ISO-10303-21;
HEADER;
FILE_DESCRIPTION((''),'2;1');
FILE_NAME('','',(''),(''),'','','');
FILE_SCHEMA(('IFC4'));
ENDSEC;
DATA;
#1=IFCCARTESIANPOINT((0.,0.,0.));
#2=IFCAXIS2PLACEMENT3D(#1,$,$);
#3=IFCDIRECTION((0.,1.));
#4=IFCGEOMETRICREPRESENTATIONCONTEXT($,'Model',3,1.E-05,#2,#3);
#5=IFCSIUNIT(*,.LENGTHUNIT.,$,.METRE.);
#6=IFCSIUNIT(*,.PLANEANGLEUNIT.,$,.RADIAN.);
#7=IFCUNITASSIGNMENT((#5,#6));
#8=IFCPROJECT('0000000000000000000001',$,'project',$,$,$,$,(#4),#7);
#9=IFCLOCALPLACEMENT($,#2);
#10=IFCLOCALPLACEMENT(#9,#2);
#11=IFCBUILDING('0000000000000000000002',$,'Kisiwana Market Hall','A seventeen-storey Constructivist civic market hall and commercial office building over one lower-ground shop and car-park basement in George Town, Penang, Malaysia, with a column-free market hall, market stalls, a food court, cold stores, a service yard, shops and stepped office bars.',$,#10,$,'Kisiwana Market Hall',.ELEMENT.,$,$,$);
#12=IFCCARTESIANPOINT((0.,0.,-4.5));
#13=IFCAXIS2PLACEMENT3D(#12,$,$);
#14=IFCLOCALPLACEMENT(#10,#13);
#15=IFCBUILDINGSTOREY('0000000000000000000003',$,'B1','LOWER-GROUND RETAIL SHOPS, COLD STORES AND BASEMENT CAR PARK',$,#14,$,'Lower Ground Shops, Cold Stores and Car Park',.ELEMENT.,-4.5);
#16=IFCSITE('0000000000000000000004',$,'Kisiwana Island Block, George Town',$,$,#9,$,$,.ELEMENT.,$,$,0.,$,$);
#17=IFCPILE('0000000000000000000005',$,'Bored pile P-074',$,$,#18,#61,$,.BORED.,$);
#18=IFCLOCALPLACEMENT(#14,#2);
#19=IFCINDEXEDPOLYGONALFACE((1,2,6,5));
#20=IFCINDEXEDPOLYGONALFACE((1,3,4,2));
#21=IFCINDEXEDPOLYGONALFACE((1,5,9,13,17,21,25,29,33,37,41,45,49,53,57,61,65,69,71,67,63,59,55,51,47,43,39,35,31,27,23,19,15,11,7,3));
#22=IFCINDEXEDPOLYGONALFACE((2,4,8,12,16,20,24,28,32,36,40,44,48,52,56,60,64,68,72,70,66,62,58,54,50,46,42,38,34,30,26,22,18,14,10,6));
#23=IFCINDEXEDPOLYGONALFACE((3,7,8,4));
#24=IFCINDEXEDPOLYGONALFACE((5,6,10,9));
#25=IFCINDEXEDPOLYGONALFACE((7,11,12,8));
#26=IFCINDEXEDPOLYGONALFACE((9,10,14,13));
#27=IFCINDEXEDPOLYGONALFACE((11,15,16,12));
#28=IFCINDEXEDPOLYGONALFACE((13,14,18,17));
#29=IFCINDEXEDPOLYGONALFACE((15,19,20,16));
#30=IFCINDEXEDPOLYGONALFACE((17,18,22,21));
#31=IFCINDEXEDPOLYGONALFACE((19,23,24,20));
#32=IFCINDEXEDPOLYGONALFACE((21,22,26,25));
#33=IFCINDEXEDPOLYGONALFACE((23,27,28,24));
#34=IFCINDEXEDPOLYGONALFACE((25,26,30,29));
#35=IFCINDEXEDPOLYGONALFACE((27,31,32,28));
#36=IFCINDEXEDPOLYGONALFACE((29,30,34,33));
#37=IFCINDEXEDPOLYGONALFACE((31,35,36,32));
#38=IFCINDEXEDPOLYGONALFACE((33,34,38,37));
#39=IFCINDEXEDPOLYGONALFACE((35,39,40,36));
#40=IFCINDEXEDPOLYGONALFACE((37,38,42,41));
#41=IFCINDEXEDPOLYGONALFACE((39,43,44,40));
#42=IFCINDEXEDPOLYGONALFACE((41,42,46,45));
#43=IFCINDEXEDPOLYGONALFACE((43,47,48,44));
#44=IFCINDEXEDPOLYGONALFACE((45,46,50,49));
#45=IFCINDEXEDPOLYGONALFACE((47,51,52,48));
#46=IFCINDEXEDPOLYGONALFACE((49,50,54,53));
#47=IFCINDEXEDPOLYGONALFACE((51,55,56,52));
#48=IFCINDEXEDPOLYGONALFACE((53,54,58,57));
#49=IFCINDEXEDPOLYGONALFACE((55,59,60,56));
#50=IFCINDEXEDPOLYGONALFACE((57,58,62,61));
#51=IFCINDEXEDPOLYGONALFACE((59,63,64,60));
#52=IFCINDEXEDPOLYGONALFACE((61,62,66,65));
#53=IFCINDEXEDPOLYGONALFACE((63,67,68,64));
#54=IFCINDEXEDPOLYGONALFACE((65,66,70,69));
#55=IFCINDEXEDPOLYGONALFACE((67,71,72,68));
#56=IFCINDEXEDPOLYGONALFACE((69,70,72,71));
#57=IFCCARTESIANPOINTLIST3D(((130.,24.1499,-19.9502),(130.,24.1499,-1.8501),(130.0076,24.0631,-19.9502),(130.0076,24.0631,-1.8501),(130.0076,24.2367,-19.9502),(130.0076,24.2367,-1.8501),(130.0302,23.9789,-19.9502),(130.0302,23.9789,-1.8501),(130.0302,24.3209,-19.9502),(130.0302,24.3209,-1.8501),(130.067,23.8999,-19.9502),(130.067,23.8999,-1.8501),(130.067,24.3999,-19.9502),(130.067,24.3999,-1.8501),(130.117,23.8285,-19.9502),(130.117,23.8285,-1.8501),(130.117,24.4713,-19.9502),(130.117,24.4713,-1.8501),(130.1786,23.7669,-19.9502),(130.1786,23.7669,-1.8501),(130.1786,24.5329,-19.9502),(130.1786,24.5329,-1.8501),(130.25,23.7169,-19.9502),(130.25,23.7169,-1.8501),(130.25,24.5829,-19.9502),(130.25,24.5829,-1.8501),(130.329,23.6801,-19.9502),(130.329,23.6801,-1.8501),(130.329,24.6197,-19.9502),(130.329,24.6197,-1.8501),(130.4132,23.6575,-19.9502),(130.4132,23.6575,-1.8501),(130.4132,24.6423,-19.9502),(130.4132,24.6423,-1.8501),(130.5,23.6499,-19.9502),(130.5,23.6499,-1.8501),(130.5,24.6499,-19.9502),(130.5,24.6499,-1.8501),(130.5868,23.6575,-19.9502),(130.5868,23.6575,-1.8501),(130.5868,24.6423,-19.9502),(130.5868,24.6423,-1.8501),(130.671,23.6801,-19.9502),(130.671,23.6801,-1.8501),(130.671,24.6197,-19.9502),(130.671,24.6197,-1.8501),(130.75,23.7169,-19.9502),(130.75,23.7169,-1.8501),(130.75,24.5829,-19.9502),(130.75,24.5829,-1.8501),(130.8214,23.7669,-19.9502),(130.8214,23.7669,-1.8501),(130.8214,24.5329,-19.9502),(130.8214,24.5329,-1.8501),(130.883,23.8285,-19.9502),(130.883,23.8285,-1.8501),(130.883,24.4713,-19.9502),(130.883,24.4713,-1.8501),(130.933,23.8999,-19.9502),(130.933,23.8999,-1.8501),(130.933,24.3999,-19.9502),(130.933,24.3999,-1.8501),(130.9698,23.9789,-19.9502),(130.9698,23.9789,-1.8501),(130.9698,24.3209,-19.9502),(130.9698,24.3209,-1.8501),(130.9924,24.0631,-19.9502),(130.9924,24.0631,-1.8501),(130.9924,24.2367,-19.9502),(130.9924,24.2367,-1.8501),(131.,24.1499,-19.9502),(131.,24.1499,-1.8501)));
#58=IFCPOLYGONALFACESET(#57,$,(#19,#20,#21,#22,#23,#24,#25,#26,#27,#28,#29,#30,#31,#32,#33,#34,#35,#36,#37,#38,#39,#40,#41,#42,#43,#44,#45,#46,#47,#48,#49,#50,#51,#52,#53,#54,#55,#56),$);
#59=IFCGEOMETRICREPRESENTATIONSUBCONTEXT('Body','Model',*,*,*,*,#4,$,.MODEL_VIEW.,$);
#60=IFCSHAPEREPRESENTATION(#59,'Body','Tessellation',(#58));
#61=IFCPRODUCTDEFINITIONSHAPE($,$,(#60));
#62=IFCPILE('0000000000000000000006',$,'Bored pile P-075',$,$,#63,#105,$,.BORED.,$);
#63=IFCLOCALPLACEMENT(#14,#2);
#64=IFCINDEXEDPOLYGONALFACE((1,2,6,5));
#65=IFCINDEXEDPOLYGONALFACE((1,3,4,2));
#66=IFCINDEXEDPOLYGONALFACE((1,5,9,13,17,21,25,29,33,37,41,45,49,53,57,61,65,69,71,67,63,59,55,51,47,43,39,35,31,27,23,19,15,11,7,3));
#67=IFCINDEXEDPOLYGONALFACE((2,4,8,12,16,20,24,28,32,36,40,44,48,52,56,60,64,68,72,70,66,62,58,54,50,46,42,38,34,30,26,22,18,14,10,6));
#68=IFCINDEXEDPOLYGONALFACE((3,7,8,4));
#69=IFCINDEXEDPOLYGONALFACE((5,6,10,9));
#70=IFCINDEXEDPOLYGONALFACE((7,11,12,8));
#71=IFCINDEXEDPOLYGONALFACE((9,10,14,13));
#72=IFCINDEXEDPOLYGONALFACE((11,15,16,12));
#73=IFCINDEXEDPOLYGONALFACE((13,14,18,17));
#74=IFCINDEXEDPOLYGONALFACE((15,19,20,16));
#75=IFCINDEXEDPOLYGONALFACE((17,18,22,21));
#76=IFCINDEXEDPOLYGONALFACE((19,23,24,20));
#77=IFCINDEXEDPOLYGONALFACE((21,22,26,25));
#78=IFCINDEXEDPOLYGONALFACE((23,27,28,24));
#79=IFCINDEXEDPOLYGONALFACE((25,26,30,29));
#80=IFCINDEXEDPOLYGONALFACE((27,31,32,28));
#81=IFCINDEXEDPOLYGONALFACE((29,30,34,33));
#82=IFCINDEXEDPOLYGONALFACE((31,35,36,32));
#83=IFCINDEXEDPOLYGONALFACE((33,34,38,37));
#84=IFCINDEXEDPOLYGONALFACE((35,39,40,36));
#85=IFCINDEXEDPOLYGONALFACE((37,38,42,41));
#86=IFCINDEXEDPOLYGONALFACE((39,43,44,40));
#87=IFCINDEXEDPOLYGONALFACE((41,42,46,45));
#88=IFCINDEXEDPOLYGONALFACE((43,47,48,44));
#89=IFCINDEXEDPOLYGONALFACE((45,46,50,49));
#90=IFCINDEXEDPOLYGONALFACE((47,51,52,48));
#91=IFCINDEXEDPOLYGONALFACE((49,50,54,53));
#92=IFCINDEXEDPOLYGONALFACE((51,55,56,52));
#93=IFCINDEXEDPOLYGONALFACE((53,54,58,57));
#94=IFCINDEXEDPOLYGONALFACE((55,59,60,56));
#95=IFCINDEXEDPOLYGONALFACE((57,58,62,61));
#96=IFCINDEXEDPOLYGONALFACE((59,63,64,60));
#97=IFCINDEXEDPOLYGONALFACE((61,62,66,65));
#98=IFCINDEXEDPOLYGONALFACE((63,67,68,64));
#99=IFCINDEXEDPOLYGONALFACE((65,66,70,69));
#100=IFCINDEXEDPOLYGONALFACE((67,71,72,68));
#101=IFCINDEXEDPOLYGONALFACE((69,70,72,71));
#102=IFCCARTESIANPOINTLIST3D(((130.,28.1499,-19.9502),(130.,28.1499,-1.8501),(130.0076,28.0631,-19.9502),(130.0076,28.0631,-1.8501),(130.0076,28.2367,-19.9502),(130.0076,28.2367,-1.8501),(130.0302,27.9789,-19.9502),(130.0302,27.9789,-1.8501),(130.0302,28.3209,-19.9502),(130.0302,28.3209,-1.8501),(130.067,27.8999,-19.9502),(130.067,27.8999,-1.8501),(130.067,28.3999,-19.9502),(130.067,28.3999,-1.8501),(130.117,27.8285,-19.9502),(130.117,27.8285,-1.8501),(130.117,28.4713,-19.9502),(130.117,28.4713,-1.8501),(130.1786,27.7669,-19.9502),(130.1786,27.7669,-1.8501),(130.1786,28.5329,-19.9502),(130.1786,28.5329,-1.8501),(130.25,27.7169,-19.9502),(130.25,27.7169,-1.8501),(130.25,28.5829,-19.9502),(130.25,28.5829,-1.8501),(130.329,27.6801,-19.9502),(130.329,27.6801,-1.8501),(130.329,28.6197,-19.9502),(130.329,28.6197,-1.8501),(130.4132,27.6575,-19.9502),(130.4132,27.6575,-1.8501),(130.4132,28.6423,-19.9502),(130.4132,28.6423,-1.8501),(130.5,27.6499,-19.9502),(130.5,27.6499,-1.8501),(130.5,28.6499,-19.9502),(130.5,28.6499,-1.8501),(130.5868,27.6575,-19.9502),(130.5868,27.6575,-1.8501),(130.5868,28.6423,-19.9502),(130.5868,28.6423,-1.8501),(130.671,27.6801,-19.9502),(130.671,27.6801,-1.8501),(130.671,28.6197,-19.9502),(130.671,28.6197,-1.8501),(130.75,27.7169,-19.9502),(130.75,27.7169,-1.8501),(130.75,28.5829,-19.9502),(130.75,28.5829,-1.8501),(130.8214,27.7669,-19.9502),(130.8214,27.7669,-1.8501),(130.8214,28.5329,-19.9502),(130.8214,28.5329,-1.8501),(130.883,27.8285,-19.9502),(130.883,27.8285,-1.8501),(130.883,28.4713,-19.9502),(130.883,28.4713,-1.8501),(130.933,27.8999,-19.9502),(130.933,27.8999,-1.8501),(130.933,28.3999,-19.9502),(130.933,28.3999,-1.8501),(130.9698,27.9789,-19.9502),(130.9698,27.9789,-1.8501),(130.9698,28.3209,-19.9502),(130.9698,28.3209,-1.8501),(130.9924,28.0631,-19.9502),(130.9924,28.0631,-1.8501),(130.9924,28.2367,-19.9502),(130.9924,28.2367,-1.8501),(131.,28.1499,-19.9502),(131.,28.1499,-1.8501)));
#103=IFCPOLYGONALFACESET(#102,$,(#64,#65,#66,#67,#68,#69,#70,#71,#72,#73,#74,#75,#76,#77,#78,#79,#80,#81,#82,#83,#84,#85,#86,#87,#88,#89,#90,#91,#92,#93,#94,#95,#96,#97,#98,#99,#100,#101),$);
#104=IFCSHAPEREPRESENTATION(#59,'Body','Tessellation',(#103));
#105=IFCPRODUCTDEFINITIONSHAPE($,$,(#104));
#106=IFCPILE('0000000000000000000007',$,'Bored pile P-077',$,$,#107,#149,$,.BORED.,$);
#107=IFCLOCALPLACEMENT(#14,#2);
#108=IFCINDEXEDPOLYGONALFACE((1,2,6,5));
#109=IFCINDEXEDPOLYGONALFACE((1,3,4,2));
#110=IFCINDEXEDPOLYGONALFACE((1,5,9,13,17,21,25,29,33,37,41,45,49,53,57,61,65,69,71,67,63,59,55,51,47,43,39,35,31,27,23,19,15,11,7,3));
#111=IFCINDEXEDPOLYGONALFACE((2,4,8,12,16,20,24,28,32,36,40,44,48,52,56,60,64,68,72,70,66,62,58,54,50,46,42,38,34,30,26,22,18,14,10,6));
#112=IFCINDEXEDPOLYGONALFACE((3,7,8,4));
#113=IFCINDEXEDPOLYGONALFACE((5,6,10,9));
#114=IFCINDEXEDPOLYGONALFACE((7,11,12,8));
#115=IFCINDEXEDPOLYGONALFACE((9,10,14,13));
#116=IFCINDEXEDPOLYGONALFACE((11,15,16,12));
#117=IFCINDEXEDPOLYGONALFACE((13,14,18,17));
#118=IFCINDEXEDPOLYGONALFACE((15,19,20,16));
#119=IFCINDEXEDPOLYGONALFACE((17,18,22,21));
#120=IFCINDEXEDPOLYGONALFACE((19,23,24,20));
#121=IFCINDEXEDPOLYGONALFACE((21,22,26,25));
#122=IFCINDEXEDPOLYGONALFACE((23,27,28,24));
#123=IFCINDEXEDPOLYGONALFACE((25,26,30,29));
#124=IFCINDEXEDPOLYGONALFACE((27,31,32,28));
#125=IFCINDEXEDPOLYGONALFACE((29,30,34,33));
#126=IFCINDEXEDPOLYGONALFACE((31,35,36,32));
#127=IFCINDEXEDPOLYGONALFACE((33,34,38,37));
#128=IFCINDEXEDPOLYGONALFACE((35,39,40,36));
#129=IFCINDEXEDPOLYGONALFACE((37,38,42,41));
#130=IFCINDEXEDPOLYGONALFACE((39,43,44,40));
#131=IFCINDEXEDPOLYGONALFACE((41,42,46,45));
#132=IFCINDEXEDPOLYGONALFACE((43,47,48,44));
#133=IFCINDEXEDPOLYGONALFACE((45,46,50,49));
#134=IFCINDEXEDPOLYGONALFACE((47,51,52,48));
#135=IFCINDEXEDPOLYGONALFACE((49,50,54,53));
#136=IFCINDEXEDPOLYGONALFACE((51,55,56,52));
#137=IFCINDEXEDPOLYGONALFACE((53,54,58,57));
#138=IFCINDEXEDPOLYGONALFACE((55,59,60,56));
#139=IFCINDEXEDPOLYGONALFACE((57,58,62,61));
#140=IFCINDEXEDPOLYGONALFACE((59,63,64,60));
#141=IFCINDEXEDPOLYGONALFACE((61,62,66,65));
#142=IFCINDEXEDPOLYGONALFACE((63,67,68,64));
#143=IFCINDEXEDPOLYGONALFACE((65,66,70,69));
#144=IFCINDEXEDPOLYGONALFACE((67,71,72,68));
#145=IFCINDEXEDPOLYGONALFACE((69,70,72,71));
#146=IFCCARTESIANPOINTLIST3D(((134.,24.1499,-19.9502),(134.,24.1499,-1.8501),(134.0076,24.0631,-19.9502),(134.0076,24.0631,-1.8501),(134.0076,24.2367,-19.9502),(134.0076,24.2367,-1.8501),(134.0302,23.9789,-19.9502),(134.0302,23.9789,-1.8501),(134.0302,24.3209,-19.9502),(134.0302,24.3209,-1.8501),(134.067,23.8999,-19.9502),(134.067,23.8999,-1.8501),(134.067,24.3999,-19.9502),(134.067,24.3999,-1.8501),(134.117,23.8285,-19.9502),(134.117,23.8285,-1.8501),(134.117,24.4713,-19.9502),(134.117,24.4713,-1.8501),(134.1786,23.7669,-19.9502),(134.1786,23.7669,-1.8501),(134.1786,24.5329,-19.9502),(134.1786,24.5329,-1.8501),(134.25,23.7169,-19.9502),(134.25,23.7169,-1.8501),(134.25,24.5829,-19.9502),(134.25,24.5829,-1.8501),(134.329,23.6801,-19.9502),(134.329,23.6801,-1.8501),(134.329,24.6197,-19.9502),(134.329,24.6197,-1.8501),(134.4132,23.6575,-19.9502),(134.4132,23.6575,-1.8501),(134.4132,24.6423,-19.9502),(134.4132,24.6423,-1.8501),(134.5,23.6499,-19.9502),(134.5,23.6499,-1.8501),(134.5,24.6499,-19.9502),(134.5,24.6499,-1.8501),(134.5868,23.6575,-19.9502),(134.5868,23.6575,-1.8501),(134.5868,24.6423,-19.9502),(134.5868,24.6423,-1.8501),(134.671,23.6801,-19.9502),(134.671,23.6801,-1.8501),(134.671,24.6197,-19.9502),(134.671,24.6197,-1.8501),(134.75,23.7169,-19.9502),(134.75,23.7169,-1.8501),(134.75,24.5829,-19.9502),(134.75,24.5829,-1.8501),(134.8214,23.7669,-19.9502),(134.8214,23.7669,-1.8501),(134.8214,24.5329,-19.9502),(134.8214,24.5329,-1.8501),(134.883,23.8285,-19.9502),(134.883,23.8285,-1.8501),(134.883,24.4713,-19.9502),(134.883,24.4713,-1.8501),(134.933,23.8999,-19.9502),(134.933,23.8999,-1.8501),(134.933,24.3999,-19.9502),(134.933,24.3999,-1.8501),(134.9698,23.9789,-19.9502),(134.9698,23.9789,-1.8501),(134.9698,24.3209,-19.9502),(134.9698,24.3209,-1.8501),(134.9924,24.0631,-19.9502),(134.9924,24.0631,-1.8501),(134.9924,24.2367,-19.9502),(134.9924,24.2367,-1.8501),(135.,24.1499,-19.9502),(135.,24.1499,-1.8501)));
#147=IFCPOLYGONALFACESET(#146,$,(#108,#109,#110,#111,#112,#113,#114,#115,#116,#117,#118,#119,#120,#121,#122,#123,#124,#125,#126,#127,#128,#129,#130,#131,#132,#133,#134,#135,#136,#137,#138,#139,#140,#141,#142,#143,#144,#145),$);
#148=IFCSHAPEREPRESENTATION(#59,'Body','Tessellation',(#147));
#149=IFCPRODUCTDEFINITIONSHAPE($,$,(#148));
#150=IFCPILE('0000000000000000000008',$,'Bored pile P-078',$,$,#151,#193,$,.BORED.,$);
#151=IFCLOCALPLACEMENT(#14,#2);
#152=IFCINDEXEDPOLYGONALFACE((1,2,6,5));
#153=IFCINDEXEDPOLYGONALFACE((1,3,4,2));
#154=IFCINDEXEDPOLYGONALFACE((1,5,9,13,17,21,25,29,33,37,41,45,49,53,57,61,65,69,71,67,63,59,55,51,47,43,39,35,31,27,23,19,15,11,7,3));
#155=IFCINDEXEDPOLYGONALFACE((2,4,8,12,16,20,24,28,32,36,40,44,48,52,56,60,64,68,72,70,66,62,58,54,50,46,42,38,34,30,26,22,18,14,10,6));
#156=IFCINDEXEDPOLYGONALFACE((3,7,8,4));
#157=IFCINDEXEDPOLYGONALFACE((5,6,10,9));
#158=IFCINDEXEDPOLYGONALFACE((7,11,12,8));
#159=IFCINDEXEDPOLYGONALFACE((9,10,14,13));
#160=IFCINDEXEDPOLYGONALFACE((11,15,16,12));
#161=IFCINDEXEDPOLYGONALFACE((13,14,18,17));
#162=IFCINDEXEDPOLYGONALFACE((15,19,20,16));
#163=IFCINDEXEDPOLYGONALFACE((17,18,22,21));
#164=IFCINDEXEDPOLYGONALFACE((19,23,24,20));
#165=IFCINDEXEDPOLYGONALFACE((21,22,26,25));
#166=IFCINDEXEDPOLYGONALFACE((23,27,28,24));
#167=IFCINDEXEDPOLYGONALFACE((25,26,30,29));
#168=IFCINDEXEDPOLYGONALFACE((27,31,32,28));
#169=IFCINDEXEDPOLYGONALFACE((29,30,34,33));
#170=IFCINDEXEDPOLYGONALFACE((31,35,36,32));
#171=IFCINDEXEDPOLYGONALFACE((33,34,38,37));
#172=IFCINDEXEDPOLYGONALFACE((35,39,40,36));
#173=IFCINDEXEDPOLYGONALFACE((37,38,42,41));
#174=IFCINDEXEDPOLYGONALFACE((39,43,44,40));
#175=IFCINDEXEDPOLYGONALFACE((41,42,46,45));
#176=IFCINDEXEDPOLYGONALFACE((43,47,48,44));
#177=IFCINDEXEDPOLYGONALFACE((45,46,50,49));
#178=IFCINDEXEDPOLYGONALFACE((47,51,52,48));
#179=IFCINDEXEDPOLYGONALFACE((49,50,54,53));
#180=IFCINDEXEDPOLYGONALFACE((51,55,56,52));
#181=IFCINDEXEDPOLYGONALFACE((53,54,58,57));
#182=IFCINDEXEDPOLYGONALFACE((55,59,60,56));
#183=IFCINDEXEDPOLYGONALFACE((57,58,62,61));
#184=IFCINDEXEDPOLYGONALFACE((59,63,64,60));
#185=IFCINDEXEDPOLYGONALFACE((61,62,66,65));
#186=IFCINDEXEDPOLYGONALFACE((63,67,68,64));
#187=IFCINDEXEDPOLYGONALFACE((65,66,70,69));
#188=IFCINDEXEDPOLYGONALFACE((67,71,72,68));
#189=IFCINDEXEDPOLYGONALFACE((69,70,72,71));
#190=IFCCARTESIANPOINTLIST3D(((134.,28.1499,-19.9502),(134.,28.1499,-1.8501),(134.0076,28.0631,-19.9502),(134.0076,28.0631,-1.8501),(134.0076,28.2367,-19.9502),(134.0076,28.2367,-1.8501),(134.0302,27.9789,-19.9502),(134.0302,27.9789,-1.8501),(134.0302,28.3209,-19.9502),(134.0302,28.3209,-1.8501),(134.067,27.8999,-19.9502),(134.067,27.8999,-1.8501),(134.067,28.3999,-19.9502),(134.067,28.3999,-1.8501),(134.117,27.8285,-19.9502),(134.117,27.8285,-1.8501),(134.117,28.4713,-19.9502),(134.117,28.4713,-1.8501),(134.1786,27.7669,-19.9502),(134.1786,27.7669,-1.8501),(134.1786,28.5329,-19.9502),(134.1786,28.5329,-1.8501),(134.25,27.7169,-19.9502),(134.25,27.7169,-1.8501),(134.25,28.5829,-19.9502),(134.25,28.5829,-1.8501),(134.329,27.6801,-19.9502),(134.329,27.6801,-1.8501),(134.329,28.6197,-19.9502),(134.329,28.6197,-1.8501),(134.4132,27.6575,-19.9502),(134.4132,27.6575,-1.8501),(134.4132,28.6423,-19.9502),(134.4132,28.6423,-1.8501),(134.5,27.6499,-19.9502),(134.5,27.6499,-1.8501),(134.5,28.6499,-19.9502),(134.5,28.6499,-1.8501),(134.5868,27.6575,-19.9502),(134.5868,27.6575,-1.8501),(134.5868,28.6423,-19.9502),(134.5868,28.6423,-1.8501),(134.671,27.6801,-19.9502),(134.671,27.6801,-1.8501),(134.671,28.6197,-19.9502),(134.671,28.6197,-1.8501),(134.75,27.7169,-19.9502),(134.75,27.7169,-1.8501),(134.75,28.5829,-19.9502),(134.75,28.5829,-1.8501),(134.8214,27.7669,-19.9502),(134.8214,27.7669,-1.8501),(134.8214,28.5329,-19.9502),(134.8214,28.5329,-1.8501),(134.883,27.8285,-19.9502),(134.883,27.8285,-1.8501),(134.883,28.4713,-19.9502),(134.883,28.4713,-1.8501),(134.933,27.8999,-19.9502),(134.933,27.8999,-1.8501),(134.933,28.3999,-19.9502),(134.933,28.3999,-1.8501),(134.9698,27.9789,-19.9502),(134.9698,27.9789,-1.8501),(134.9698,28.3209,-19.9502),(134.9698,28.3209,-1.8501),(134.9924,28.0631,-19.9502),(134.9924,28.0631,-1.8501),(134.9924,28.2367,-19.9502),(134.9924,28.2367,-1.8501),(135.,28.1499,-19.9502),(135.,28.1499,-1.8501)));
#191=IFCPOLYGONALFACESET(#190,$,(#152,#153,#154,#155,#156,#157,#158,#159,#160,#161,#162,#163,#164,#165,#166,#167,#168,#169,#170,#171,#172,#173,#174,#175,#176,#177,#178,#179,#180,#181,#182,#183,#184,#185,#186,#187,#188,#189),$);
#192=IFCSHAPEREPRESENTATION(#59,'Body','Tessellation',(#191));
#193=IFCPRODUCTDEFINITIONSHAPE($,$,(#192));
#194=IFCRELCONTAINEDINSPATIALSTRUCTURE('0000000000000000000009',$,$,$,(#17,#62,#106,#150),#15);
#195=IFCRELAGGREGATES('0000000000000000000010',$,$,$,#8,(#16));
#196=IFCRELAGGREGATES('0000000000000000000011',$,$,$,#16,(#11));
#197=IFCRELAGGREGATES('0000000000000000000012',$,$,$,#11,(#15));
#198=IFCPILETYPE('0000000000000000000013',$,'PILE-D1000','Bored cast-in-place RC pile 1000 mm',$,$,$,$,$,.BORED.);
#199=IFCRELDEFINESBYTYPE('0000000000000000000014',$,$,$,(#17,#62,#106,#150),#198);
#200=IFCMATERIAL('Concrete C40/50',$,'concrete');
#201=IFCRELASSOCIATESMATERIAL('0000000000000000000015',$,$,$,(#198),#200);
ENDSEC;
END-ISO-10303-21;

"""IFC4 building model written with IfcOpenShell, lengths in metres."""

from ifc_helpers import new_model, si_unit, direction, frame, origin, origin_2d, place, context, subcontext, project, spatial, circle, extrude, material, material_profile, profile_set, type_object, element, save


model = new_model("IFC4")

# Units and contexts
model_context = context("Model", 3, precision=1e-05, world=origin(), true_north=direction((0.0, 1.0)))
body_context = subcontext(model_context, "Body", "Model", "MODEL_VIEW")
ifc_project = project(units=[si_unit("LENGTHUNIT", "METRE"), si_unit("PLANEANGLEUNIT", "RADIAN")], contexts=[model_context])

# Site, building, storey
site_placement = place(None, origin())
site = spatial("IfcSite", under=ifc_project, at=site_placement, Name="Kisiwana Island Block, George Town", CompositionType="ELEMENT", RefElevation=0.0)
building_placement = place(site_placement, origin())
building = spatial("IfcBuilding", under=site, at=building_placement, Name="Kisiwana Market Hall", Description="A seventeen-storey Constructivist civic market hall and commercial office building over one lower-ground shop and car-park basement in George Town, Penang, Malaysia, with a column-free market hall, market stalls, a food court, cold stores, a service yard, shops and stepped office bars.", LongName="Kisiwana Market Hall", CompositionType="ELEMENT")
storey_placement = place(building_placement, frame((0.0, 0.0, -4.5)))
storey = spatial("IfcBuildingStorey", under=building, at=storey_placement, Name="B1", Description="LOWER-GROUND RETAIL SHOPS, COLD STORES AND BASEMENT CAR PARK", LongName="Lower Ground Shops, Cold Stores and Car Park", CompositionType="ELEMENT", Elevation=-4.5)

# Piles
ifc_material_1 = material(Name="Concrete C40/50", Category="concrete")
ifc_material_profile_1 = material_profile(ifc_material_1, circle(Radius=0.5, at=origin_2d()), Name="BP D1000")
ifc_profile_set_1 = profile_set([ifc_material_profile_1], Name="Concrete C40/50")
pile_type_1 = type_object("IfcPileType", Name="PILE-D1000", Description="Bored cast-in-place RC pile 1000 mm", PredefinedType="BORED", material=ifc_profile_set_1)
for number, where, z_axis, x_axis, name in (
    (1, (130.5, 24.1499, -1.8501), (0.0, 0.0, -1.0), (1.0, 0.0, 0.0), "Bored pile P-074"),
    (2, (130.5, 28.1499, -1.8501), (0.0, 0.0, -1.0), (1.0, 0.0, 0.0), "Bored pile P-075"),
    (3, (134.5, 24.1499, -1.8501), (0.0, 0.0, -1.0), (1.0, 0.0, 0.0), "Bored pile P-077"),
    (4, (134.5, 28.1499, -1.8501), (0.0, 0.0, -1.0), (1.0, 0.0, 0.0), "Bored pile P-078"),
):
    element("IfcPile", number, at=place(storey_placement, frame(where, z_axis=z_axis, x_axis=x_axis)), inside=storey, type_object=pile_type_1, Name=name, PredefinedType="BORED", context=body_context, shape_type="SweptSolid", body=[
        extrude(circle(Radius=0.5, at=origin_2d()), origin(), (0.0, 0.0, 1.0), 18.1001),
    ])

save(model, "model.ifc")
